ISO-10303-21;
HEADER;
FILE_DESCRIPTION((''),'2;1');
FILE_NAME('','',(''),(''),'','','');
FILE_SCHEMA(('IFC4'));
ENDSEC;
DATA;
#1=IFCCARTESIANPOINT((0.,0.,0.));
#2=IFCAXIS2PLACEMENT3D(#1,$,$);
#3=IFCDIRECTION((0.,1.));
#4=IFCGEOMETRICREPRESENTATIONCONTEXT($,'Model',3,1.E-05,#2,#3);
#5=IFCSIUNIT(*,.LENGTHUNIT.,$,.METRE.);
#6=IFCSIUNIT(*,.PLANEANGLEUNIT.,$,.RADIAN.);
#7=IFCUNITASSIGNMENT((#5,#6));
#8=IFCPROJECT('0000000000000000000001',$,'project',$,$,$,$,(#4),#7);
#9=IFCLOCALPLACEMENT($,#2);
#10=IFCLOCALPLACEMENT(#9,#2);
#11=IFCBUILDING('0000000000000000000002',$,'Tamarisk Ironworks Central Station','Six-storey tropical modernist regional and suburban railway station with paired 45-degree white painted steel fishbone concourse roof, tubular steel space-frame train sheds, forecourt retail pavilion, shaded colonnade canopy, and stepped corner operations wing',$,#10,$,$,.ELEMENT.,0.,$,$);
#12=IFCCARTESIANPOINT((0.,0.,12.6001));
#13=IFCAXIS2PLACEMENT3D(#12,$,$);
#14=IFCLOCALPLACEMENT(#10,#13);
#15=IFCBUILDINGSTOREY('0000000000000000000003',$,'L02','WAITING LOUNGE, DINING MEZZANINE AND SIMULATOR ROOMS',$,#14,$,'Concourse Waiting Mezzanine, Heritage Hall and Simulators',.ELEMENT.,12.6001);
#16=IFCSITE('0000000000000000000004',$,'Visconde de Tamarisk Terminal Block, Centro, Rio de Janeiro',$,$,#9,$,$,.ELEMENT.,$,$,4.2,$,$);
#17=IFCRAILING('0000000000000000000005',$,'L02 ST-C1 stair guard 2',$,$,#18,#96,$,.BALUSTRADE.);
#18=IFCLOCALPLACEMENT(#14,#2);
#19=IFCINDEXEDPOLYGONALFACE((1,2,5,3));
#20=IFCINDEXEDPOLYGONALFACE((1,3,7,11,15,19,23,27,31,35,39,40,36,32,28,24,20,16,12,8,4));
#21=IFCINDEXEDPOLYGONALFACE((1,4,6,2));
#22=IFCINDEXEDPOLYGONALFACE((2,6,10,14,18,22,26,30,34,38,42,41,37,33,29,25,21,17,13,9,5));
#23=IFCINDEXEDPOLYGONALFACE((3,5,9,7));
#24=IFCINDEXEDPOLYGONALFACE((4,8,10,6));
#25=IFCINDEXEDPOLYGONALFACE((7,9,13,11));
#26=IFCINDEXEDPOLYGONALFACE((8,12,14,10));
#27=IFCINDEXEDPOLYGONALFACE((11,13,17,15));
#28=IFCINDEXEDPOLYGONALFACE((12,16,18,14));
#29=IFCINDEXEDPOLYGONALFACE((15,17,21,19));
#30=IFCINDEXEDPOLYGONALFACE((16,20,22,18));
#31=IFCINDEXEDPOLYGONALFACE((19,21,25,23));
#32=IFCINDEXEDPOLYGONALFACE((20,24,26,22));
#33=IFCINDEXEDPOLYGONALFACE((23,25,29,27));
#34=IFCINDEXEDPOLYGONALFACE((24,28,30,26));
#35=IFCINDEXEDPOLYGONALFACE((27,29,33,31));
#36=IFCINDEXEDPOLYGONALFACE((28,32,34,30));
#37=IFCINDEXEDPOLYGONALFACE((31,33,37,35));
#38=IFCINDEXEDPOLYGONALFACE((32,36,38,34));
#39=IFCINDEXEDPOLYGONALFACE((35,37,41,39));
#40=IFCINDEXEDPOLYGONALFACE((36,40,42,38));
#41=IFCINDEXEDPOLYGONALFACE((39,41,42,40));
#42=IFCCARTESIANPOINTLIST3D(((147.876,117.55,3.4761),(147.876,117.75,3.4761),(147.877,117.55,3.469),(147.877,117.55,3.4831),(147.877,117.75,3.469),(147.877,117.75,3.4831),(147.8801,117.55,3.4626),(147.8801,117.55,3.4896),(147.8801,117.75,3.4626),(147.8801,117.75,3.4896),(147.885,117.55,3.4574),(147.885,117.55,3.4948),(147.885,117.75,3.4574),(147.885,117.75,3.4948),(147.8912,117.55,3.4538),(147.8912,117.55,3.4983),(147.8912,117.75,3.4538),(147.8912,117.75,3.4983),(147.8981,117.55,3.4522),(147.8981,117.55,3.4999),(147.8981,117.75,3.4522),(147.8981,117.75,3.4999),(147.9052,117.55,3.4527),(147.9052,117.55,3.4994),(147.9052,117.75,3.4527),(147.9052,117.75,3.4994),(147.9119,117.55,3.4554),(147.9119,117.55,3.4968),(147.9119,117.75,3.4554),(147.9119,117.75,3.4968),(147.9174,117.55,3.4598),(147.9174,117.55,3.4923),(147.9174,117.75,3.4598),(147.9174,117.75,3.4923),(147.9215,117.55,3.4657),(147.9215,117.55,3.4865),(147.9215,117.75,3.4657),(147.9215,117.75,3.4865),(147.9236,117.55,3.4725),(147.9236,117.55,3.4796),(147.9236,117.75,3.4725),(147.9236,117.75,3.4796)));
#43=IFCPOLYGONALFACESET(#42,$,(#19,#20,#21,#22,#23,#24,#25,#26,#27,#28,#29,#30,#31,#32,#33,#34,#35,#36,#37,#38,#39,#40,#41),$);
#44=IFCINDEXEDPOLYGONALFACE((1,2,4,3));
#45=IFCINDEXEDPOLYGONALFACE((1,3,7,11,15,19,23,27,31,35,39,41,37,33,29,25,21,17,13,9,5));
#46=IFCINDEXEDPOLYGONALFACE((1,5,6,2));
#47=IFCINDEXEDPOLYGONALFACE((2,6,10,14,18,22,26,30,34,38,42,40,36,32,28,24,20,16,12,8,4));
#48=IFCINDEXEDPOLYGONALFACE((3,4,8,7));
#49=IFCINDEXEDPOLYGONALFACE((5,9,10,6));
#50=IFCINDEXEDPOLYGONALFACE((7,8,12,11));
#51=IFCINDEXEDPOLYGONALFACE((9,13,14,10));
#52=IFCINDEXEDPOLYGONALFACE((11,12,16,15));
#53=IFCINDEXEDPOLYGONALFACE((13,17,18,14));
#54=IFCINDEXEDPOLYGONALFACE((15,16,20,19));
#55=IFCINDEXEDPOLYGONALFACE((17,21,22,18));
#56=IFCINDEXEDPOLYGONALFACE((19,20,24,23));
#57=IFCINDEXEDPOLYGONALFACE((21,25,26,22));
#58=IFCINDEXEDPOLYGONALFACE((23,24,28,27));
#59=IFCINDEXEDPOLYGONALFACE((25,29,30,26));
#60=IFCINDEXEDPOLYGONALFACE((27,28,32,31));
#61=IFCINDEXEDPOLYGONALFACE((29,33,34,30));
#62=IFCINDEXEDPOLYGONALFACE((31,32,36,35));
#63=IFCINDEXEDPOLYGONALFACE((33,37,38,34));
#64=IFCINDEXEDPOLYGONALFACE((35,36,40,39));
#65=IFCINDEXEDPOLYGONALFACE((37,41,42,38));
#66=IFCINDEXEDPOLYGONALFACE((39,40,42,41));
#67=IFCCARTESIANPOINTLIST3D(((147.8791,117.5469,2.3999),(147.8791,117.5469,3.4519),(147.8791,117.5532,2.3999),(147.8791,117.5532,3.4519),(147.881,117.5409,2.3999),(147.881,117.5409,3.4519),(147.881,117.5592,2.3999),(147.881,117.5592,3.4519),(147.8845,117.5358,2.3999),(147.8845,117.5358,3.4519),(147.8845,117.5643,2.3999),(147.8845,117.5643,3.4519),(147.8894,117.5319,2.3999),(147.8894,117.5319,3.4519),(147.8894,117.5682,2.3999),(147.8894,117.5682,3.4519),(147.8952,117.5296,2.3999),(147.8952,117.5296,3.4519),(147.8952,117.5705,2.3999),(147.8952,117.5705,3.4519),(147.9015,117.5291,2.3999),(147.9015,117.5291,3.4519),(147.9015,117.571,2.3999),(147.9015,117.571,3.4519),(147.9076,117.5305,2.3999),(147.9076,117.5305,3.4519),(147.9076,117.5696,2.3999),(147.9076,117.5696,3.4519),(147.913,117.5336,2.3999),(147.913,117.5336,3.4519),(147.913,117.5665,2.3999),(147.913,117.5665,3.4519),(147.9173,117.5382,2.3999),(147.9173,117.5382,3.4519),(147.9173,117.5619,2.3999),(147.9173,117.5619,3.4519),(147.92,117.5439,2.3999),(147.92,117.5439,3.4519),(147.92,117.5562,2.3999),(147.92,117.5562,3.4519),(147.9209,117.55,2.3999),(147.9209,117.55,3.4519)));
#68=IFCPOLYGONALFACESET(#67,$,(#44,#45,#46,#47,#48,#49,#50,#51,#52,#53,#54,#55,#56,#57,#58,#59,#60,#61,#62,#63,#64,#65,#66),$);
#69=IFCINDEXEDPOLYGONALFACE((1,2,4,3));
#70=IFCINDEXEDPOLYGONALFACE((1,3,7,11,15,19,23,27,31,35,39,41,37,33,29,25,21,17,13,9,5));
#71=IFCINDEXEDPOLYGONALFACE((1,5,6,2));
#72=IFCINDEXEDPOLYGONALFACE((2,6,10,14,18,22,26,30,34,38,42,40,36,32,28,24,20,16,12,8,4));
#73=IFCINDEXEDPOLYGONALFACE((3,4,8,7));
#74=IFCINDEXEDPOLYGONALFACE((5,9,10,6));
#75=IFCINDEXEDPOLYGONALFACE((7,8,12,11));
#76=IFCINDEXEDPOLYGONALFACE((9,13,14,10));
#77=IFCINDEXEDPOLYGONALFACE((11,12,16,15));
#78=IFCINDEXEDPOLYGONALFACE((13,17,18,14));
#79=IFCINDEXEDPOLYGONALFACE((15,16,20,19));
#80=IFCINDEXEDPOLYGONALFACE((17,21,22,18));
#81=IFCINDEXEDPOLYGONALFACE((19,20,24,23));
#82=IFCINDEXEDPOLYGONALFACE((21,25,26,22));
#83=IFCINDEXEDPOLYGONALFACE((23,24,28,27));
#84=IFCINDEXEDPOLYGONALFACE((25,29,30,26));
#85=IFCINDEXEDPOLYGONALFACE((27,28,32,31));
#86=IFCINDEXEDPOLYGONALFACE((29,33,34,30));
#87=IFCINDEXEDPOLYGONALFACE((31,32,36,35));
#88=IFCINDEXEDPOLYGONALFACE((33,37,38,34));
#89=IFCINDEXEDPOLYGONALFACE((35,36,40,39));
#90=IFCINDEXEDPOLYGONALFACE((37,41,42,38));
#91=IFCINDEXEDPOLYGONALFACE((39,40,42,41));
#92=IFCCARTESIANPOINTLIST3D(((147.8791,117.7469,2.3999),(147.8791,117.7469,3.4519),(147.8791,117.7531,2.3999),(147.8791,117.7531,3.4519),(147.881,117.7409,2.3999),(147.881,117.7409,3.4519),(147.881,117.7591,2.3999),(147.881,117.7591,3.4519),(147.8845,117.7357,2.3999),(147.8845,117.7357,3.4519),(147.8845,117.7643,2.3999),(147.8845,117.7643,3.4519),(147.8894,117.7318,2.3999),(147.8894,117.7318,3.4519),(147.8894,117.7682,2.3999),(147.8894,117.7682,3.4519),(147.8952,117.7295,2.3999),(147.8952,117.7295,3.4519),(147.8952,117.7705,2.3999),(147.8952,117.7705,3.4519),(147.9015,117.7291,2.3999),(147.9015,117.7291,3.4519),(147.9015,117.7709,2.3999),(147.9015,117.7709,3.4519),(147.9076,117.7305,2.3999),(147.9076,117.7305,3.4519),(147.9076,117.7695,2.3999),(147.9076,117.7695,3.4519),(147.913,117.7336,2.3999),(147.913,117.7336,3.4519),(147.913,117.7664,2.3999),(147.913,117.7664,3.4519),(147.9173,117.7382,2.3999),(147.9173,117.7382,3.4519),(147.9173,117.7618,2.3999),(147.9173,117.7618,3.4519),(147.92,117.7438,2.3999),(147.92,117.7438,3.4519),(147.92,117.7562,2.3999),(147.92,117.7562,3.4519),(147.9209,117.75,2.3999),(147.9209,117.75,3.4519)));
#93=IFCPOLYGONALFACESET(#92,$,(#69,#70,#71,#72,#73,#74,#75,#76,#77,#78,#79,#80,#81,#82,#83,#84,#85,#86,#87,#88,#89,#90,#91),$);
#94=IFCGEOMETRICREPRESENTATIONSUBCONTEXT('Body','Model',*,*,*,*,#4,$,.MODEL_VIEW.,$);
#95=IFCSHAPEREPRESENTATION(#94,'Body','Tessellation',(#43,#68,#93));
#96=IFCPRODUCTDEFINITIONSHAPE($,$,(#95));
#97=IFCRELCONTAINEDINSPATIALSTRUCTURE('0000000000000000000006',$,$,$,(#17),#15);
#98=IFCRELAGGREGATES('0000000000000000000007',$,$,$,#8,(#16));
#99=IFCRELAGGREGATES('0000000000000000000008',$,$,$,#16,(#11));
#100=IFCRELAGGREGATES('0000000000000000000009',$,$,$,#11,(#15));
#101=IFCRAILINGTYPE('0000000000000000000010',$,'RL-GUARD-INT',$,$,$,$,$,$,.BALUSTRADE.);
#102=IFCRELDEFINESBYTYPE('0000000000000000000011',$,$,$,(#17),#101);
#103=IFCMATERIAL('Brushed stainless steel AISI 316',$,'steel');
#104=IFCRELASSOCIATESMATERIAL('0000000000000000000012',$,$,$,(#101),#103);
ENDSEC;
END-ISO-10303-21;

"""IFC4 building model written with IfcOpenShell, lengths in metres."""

from ifc_helpers import new_model, si_unit, direction, frame, origin, origin_2d, place, context, subcontext, project, spatial, circle, extrude, material, type_object, element, save


model = new_model("IFC4")

# Units and contexts
model_context = context("Model", 3, precision=1e-05, world=origin(), true_north=direction((0.0, 1.0)))
body_context = subcontext(model_context, "Body", "Model", "MODEL_VIEW")
ifc_project = project(units=[si_unit("LENGTHUNIT", "METRE"), si_unit("PLANEANGLEUNIT", "RADIAN")], contexts=[model_context])

# Site, building, storey
site_placement = place(None, origin())
site = spatial("IfcSite", under=ifc_project, at=site_placement, Name="Visconde de Tamarisk Terminal Block, Centro, Rio de Janeiro", CompositionType="ELEMENT", RefElevation=4.2)
building_placement = place(site_placement, origin())
building = spatial("IfcBuilding", under=site, at=building_placement, Name="Tamarisk Ironworks Central Station", Description="Six-storey tropical modernist regional and suburban railway station with paired 45-degree white painted steel fishbone concourse roof, tubular steel space-frame train sheds, forecourt retail pavilion, shaded colonnade canopy, and stepped corner operations wing", CompositionType="ELEMENT", ElevationOfRefHeight=0.0)
storey_placement = place(building_placement, frame((0.0, 0.0, 12.6001)))
storey = spatial("IfcBuildingStorey", under=building, at=storey_placement, Name="L02", Description="WAITING LOUNGE, DINING MEZZANINE AND SIMULATOR ROOMS", LongName="Concourse Waiting Mezzanine, Heritage Hall and Simulators", CompositionType="ELEMENT", Elevation=12.6001)

# Shared definitions
ifc_material_1 = material(Name="Brushed stainless steel AISI 316", Category="steel")

# Railing
railing_type_1 = type_object("IfcRailingType", Name="RL-GUARD-INT", PredefinedType="BALUSTRADE", material=ifc_material_1)
railing_1_placement = place(storey_placement, frame((147.8999, 117.55, 2.3999)))
element("IfcRailing", 1, at=railing_1_placement, inside=storey, type_object=railing_type_1, Name="L02 ST-C1 stair guard 2", PredefinedType="BALUSTRADE", context=body_context, shape_type="SweptSolid", body=[
    extrude(circle(Radius=0.0239, at=origin_2d()), frame((0.0, 0.0, 1.0762), z_axis=(0.0, 1.0, 0.0), x_axis=(-1.0, 0.0, 0.0)), (0.0, 0.0, 1.0), 0.2),
    extrude(circle(Radius=0.021, at=origin_2d()), origin(), (0.0, 0.0, 1.0), 1.052),
    extrude(circle(Radius=0.021, at=origin_2d()), frame((0.0, 0.2, 0.0)), (0.0, 0.0, 1.0), 1.052),
])

save(model, "model.ifc")
